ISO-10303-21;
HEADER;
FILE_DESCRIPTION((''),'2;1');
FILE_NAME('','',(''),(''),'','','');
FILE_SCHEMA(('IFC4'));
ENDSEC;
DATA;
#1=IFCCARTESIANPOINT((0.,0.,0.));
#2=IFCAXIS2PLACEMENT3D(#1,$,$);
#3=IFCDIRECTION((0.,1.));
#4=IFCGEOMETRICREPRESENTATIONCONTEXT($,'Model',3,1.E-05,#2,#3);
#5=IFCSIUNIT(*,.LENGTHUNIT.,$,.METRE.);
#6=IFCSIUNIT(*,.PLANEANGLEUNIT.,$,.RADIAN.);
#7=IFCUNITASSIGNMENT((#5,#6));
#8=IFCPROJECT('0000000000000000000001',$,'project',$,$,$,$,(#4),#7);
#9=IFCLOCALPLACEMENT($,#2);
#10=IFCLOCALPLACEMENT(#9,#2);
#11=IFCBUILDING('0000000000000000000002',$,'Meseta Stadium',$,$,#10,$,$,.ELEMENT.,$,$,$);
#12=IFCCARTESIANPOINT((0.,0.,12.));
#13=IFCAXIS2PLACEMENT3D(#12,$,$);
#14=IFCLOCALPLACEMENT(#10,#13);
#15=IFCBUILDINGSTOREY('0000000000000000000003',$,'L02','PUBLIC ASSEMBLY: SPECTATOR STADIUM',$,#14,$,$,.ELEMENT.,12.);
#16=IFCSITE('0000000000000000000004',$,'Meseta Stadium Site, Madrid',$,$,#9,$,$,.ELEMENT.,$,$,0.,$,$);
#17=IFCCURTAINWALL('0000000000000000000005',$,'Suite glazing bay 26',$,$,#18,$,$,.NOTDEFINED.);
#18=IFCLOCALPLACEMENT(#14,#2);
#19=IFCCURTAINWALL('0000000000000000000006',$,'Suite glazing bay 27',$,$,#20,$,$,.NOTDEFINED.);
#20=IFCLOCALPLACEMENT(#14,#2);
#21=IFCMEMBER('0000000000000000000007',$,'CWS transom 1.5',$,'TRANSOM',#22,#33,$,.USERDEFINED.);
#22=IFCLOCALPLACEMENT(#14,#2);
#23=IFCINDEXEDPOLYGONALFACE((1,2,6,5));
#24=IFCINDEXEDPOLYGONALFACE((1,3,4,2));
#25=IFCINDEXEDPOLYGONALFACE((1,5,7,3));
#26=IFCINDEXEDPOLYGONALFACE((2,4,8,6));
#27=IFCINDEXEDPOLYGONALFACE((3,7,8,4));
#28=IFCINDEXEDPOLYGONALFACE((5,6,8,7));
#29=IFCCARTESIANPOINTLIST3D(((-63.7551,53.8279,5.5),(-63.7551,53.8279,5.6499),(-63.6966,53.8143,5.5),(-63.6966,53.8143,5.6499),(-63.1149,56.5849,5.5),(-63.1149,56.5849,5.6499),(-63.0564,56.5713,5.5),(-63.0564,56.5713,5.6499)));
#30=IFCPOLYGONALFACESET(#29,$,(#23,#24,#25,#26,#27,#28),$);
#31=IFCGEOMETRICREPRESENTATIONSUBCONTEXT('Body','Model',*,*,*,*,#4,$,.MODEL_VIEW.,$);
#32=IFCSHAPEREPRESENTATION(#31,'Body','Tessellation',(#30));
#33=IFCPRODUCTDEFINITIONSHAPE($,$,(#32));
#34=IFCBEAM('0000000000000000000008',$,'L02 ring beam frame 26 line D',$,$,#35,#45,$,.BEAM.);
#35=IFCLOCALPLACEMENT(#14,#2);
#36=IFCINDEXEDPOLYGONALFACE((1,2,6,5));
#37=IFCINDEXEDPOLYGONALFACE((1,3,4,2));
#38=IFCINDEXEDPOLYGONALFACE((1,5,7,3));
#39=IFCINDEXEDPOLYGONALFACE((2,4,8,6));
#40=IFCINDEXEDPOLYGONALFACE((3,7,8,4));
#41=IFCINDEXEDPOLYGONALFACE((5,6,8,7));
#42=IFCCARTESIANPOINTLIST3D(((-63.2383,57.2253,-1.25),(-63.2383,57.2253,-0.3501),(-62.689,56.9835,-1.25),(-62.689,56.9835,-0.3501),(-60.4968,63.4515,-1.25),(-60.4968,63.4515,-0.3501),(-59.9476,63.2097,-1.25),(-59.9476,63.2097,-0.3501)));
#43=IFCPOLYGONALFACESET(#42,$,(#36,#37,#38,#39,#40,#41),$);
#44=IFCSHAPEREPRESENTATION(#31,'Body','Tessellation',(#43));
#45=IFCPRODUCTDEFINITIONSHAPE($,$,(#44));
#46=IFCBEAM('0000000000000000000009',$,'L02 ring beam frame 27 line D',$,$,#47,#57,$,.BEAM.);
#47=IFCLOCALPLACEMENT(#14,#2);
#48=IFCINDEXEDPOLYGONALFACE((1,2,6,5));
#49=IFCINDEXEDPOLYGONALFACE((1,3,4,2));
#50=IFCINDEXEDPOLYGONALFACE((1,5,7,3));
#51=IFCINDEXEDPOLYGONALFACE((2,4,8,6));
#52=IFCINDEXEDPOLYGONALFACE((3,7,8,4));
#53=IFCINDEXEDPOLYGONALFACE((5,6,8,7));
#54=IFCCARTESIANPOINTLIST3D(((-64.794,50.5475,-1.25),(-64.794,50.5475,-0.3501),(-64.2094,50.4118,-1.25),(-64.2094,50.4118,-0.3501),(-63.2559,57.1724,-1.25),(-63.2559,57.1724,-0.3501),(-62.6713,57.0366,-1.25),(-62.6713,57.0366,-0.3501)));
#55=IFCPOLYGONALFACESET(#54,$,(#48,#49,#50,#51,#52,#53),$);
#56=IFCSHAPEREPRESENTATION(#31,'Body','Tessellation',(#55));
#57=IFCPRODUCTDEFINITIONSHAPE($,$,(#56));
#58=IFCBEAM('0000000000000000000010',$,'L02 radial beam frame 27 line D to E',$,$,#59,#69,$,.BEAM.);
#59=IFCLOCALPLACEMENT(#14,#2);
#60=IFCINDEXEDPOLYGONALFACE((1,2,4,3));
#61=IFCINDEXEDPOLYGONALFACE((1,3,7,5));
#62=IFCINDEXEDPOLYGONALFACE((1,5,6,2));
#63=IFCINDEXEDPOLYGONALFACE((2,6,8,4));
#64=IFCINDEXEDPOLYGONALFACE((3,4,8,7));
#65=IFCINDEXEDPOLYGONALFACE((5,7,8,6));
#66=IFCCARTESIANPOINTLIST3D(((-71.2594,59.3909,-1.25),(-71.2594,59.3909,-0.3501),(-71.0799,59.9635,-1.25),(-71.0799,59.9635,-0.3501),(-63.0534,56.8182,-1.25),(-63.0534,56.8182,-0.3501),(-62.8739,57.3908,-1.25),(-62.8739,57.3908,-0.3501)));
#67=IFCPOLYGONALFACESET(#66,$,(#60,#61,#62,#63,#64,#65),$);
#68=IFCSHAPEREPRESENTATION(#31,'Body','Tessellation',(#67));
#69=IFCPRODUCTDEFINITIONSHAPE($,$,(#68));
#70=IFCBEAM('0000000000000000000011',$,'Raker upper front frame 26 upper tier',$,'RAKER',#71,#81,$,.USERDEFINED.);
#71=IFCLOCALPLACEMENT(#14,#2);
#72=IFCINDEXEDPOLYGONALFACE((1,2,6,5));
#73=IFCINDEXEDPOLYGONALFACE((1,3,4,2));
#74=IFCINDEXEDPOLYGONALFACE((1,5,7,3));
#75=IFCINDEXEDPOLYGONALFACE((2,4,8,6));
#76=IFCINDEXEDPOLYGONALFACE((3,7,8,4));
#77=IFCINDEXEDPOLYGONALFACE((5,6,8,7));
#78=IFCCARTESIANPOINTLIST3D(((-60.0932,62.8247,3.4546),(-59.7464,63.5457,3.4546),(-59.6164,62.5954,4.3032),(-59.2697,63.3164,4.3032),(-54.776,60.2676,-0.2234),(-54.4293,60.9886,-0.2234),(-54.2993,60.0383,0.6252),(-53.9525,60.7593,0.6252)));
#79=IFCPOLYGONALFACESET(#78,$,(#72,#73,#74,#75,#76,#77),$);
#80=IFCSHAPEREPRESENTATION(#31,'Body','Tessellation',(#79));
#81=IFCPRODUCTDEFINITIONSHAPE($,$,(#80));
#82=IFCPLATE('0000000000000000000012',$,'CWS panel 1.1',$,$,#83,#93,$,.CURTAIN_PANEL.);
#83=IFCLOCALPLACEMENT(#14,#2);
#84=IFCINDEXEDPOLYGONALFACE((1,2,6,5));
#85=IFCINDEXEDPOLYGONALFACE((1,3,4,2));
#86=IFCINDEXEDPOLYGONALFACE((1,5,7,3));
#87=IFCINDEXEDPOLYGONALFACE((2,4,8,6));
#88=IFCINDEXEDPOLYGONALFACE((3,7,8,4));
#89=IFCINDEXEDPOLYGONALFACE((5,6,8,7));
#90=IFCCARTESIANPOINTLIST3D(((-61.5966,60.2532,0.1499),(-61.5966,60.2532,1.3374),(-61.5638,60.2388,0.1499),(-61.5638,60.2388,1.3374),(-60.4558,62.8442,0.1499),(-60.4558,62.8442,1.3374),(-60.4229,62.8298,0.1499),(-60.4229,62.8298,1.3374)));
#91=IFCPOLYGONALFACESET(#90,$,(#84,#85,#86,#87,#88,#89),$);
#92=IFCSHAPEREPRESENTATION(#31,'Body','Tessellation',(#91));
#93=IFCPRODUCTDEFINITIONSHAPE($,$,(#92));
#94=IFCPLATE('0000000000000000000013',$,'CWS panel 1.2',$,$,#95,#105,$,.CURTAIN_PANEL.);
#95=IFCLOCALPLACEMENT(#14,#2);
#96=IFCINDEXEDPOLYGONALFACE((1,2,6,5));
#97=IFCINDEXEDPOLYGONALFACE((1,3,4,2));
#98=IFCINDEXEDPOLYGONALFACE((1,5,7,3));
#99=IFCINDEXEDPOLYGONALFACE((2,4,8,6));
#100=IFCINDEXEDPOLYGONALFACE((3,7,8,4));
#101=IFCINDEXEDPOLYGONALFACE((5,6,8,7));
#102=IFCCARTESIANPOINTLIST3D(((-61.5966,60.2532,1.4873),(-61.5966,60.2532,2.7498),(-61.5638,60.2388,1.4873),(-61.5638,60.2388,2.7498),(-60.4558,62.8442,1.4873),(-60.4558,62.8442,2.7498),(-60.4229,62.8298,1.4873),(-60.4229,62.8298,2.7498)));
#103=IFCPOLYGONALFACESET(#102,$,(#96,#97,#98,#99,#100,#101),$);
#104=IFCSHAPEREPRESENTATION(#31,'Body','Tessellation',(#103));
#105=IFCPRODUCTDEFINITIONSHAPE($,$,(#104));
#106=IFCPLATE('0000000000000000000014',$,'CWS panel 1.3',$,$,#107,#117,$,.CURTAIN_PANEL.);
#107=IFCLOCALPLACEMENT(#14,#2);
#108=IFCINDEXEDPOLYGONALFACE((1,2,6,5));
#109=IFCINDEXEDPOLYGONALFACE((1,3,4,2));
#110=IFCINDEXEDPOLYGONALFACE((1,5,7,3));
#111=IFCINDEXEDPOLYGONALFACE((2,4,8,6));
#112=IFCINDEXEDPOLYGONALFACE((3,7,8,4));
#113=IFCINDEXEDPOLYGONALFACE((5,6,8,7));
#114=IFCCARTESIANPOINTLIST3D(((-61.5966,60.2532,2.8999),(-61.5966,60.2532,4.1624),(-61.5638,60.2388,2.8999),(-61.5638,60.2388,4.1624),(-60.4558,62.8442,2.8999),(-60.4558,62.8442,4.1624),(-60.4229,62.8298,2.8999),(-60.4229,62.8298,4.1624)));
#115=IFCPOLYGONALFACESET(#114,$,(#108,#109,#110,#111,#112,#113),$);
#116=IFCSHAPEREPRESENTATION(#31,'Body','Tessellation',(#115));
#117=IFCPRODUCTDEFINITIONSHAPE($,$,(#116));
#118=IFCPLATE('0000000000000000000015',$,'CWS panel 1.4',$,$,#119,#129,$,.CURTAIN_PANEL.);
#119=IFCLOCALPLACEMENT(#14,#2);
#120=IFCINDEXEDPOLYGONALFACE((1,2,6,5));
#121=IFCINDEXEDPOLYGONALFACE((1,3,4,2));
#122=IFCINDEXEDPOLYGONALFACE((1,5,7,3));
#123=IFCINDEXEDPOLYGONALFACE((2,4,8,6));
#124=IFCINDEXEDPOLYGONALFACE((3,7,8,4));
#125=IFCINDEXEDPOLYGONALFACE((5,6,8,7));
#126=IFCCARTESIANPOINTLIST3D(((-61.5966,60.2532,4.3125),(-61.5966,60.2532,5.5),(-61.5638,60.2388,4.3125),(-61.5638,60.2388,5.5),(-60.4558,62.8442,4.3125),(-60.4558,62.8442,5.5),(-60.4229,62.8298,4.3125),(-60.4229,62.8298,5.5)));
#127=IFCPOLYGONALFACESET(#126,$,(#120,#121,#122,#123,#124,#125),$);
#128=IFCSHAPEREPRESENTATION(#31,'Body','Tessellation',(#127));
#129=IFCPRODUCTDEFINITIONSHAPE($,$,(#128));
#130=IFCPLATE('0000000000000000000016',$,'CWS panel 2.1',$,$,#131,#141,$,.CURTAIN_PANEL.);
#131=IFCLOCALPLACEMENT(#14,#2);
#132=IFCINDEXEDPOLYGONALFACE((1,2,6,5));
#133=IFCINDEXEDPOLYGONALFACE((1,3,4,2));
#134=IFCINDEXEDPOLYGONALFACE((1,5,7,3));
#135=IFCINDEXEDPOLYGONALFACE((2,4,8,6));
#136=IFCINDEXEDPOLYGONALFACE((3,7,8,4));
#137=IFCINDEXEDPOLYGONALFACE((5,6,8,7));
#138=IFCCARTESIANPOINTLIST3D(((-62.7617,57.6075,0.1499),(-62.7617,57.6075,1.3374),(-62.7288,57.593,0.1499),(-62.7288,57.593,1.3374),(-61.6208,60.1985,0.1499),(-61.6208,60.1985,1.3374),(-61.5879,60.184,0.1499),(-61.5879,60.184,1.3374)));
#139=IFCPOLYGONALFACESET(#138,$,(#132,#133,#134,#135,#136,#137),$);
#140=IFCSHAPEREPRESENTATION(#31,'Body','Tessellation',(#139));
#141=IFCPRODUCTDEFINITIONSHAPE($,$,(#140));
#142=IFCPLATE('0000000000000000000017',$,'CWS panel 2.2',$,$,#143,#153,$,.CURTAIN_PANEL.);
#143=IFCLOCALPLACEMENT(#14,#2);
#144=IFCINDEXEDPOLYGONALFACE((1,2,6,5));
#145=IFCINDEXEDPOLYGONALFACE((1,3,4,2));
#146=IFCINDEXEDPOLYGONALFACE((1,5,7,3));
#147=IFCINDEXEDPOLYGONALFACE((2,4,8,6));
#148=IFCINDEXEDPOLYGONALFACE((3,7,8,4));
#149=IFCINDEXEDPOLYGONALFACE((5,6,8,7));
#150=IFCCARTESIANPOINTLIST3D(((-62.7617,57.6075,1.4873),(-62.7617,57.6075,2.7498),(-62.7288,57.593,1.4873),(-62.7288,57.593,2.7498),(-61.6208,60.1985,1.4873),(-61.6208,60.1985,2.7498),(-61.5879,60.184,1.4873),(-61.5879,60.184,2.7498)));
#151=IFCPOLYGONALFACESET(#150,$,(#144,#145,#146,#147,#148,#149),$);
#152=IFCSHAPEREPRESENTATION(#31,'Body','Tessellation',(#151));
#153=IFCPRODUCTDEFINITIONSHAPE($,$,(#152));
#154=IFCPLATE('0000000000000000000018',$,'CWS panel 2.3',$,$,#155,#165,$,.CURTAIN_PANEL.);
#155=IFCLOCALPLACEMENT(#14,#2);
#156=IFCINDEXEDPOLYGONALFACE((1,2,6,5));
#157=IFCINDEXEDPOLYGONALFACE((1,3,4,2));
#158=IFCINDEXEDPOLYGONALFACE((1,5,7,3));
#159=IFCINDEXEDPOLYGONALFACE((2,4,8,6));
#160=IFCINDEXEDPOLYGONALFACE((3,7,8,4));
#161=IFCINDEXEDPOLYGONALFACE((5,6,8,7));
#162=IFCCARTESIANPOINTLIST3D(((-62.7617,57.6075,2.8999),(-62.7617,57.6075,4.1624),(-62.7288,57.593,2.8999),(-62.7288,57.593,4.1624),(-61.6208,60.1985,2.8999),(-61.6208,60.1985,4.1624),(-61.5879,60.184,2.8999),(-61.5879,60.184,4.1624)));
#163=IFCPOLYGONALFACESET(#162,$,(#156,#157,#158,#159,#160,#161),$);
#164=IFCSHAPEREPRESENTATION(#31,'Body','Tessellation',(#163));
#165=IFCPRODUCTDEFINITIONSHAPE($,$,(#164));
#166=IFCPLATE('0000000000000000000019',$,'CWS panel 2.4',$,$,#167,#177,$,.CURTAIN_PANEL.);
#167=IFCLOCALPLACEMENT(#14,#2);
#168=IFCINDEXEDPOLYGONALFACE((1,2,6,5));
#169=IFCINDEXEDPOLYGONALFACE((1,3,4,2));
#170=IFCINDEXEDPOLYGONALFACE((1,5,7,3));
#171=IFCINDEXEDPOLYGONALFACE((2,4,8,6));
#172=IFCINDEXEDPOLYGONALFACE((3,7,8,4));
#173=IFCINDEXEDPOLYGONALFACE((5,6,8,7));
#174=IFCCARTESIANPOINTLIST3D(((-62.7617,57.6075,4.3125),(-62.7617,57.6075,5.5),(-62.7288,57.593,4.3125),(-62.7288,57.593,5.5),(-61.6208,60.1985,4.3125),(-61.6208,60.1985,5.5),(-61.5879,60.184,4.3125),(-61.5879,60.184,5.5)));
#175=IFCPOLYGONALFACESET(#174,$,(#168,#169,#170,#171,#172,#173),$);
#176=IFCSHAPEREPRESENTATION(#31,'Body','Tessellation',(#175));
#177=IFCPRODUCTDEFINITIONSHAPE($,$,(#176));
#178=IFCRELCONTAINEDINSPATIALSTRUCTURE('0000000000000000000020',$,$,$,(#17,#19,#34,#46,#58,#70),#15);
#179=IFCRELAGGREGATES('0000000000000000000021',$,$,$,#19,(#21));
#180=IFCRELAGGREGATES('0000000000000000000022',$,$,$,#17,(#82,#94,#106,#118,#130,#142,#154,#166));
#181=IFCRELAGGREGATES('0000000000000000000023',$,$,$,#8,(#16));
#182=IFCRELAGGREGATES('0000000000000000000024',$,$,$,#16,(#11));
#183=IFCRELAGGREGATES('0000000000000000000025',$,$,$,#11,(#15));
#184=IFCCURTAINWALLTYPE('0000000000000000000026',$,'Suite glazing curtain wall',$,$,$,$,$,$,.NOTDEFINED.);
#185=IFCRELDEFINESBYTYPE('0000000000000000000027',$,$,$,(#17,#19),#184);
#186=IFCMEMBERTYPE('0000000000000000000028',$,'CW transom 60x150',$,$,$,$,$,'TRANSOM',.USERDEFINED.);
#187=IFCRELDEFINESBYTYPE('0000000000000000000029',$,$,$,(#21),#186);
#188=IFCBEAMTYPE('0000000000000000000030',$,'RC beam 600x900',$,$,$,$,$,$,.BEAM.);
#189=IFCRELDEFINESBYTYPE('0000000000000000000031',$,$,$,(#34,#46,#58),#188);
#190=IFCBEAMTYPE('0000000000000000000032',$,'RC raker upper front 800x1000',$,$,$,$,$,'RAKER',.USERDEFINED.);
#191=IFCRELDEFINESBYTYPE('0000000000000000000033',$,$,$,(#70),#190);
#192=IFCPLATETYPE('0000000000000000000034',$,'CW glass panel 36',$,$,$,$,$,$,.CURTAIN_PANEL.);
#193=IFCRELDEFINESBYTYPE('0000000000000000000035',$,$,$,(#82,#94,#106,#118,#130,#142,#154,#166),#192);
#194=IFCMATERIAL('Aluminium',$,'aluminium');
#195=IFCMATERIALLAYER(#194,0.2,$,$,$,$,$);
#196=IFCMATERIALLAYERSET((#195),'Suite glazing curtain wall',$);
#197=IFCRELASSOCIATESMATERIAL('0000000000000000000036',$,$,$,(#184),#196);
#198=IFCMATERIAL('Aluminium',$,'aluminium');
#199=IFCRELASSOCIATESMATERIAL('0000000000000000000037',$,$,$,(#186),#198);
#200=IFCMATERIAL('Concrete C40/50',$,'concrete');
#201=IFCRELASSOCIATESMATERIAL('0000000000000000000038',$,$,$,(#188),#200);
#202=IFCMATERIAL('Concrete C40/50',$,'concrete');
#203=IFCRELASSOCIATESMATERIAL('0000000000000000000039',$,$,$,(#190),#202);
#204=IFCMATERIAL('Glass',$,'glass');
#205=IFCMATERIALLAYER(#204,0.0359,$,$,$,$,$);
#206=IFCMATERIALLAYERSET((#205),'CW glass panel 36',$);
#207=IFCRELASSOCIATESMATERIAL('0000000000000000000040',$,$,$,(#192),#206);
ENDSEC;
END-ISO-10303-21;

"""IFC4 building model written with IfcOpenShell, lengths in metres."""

from ifc_helpers import new_model, si_unit, direction, frame, origin, origin_2d, place, context, subcontext, project, spatial, rectangle, extrude, material, layer, layer_set, material_profile, profile_set, type_object, element, aggregate, save


model = new_model("IFC4")

# Units and contexts
model_context = context("Model", 3, precision=1e-05, world=origin(), true_north=direction((0.0, 1.0)))
body_context = subcontext(model_context, "Body", "Model", "MODEL_VIEW")
ifc_project = project(units=[si_unit("LENGTHUNIT", "METRE"), si_unit("PLANEANGLEUNIT", "RADIAN")], contexts=[model_context])

# Site, building, storey
site_placement = place(None, origin())
site = spatial("IfcSite", under=ifc_project, at=site_placement, Name="Meseta Stadium Site, Madrid", CompositionType="ELEMENT", RefElevation=0.0)
building_placement = place(site_placement, origin())
building = spatial("IfcBuilding", under=site, at=building_placement, Name="Meseta Stadium", CompositionType="ELEMENT")
storey_placement = place(building_placement, frame((0.0, 0.0, 12.0)))
storey = spatial("IfcBuildingStorey", under=building, at=storey_placement, Name="L02", Description="PUBLIC ASSEMBLY: SPECTATOR STADIUM", CompositionType="ELEMENT", Elevation=12.0)

# Curtain wall
ifc_material_1 = material(Name="Aluminium", Category="aluminium")
ifc_layer_1 = layer(ifc_material_1, 0.2)
ifc_layer_set_1 = layer_set([ifc_layer_1], Name="Suite glazing curtain wall")
curtain_wall_type = type_object("IfcCurtainWallType", Name="Suite glazing curtain wall", PredefinedType="NOTDEFINED", material=ifc_layer_set_1)
curtain_wall_1_placement = place(storey_placement, origin())
curtain_wall_1 = element("IfcCurtainWall", 1, at=curtain_wall_1_placement, inside=storey, type_object=curtain_wall_type, Name="Suite glazing bay 26", PredefinedType="NOTDEFINED")

# Curtain wall
curtain_wall_2_placement = place(storey_placement, origin())
curtain_wall_2 = element("IfcCurtainWall", 2, at=curtain_wall_2_placement, inside=storey, type_object=curtain_wall_type, Name="Suite glazing bay 27", PredefinedType="NOTDEFINED")

# Member
ifc_material_2 = material(Name="Aluminium", Category="aluminium")
ifc_material_profile_1 = material_profile(ifc_material_2, rectangle(XDim=0.0601, YDim=0.1499, at=origin_2d()), Name="CW 60x150")
ifc_profile_set_1 = profile_set([ifc_material_profile_1], Name="Aluminium")
member_type_1 = type_object("IfcMemberType", Name="CW transom 60x150", ElementType="TRANSOM", PredefinedType="USERDEFINED", material=ifc_profile_set_1)
member_1_placement = place(storey_placement, frame((-63.0857, 56.5781, 5.575), z_axis=(-0.226163, -0.974089, 0.0), x_axis=(0.974089, -0.226163, 0.0)))
member_1 = element("IfcMember", 3, at=member_1_placement, type_object=member_type_1, Name="CWS transom 1.5", ObjectType="TRANSOM", PredefinedType="USERDEFINED", context=body_context, shape_type="SweptSolid", body=[
    extrude(rectangle(XDim=0.0601, YDim=0.1499, at=origin_2d()), origin(), (0.0, 0.0, 1.0), 2.8303),
])
aggregate(curtain_wall_2, [member_1])

# Beams
ifc_material_3 = material(Name="Concrete C40/50", Category="concrete")
ifc_material_profile_2 = material_profile(ifc_material_3, rectangle(XDim=0.6001, YDim=0.8999, at=origin_2d()), Name="RC 600x900")
ifc_profile_set_2 = profile_set([ifc_material_profile_2], Name="Concrete C40/50")
beam_type_1 = type_object("IfcBeamType", Name="RC beam 600x900", PredefinedType="BEAM", material=ifc_profile_set_2)
beam_1_placement = place(storey_placement, frame((-60.2222, 63.3306, -0.8), z_axis=(-0.402983, -0.915208, 0.0), x_axis=(0.915208, -0.402983, 0.0)))
element("IfcBeam", 4, at=beam_1_placement, inside=storey, type_object=beam_type_1, Name="L02 ring beam frame 26 line D", PredefinedType="BEAM", context=body_context, shape_type="SweptSolid", body=[
    extrude(rectangle(XDim=0.6001, YDim=0.8999, at=origin_2d()), origin(), (0.0, 0.0, 1.0), 6.803),
])
beam_2_placement = place(storey_placement, frame((-62.9636, 57.1045, -0.8), z_axis=(-0.226157, -0.974091, 0.0), x_axis=(0.974091, -0.226157, 0.0)))
element("IfcBeam", 5, at=beam_2_placement, inside=storey, type_object=beam_type_1, Name="L02 ring beam frame 27 line D", PredefinedType="BEAM", context=body_context, shape_type="SweptSolid", body=[
    extrude(rectangle(XDim=0.6001, YDim=0.8999, at=origin_2d()), origin(), (0.0, 0.0, 1.0), 6.801),
])
beam_3_placement = place(storey_placement, frame((-62.9636, 57.1045, -0.8), z_axis=(-0.954203, 0.299161, 0.0), x_axis=(-0.299161, -0.954203, 0.0)))
element("IfcBeam", 6, at=beam_3_placement, inside=storey, type_object=beam_type_1, Name="L02 radial beam frame 27 line D to E", PredefinedType="BEAM", context=body_context, shape_type="SweptSolid", body=[
    extrude(rectangle(XDim=0.6001, YDim=0.8999, at=origin_2d()), origin(), (0.0, 0.0, 1.0), 8.5999),
])
ifc_material_4 = material(Name="Concrete C40/50", Category="concrete")
ifc_material_profile_3 = material_profile(ifc_material_4, rectangle(XDim=0.8, YDim=1.0, at=origin_2d()), Name="RC 800x1000")
ifc_profile_set_3 = profile_set([ifc_material_profile_3], Name="Concrete C40/50")
beam_type_2 = type_object("IfcBeamType", Name="RC raker upper front 800x1000", ElementType="RAKER", PredefinedType="USERDEFINED", material=ifc_profile_set_3)
beam_4_placement = place(storey_placement, frame((-54.3643, 60.5134, 0.2009), z_axis=(-0.764772, 0.367796, 0.529009), x_axis=(-0.433406, -0.901199, 0.0)))
element("IfcBeam", 7, at=beam_4_placement, inside=storey, type_object=beam_type_2, Name="Raker upper front frame 26 upper tier", ObjectType="RAKER", PredefinedType="USERDEFINED", context=body_context, shape_type="SweptSolid", body=[
    extrude(rectangle(XDim=0.8, YDim=1.0, at=origin_2d()), origin(), (0.0, 0.0, 1.0), 6.9526),
])

# Plates
ifc_material_5 = material(Name="Glass", Category="glass")
ifc_layer_2 = layer(ifc_material_5, 0.0359)
ifc_layer_set_2 = layer_set([ifc_layer_2], Name="CW glass panel 36")
plate_type = type_object("IfcPlateType", Name="CW glass panel 36", PredefinedType="CURTAIN_PANEL", material=ifc_layer_set_2)
plate_1_placement = place(storey_placement, frame((-61.0098, 61.5415, 0.1499), z_axis=(0.0, 0.0, 1.0), x_axis=(-0.402983, -0.915207, 0.0)))
plate_1 = element("IfcPlate", 8, at=plate_1_placement, type_object=plate_type, Name="CWS panel 1.1", PredefinedType="CURTAIN_PANEL", context=body_context, shape_type="SweptSolid", body=[
    extrude(rectangle(XDim=2.8311, YDim=0.0359, at=origin_2d()), origin(), (0.0, 0.0, 1.0), 1.1875),
])
plate_2_placement = place(storey_placement, frame((-61.0098, 61.5415, 1.4873), z_axis=(0.0, 0.0, 1.0), x_axis=(-0.402983, -0.915207, 0.0)))
plate_2 = element("IfcPlate", 9, at=plate_2_placement, type_object=plate_type, Name="CWS panel 1.2", PredefinedType="CURTAIN_PANEL", context=body_context, shape_type="SweptSolid", body=[
    extrude(rectangle(XDim=2.8311, YDim=0.0359, at=origin_2d()), origin(), (0.0, 0.0, 1.0), 1.2625),
])
plate_3_placement = place(storey_placement, frame((-61.0098, 61.5415, 2.8999), z_axis=(0.0, 0.0, 1.0), x_axis=(-0.402983, -0.915207, 0.0)))
plate_3 = element("IfcPlate", 10, at=plate_3_placement, type_object=plate_type, Name="CWS panel 1.3", PredefinedType="CURTAIN_PANEL", context=body_context, shape_type="SweptSolid", body=[
    extrude(rectangle(XDim=2.8311, YDim=0.0359, at=origin_2d()), origin(), (0.0, 0.0, 1.0), 1.2625),
])
plate_4_placement = place(storey_placement, frame((-61.0098, 61.5415, 4.3125), z_axis=(0.0, 0.0, 1.0), x_axis=(-0.402983, -0.915207, 0.0)))
plate_4 = element("IfcPlate", 11, at=plate_4_placement, type_object=plate_type, Name="CWS panel 1.4", PredefinedType="CURTAIN_PANEL", context=body_context, shape_type="SweptSolid", body=[
    extrude(rectangle(XDim=2.8311, YDim=0.0359, at=origin_2d()), origin(), (0.0, 0.0, 1.0), 1.1875),
])
plate_5_placement = place(storey_placement, frame((-62.1748, 58.8958, 0.1499), z_axis=(0.0, 0.0, 1.0), x_axis=(-0.402983, -0.915207, 0.0)))
plate_5 = element("IfcPlate", 12, at=plate_5_placement, type_object=plate_type, Name="CWS panel 2.1", PredefinedType="CURTAIN_PANEL", context=body_context, shape_type="SweptSolid", body=[
    extrude(rectangle(XDim=2.8311, YDim=0.0359, at=origin_2d()), origin(), (0.0, 0.0, 1.0), 1.1875),
])
plate_6_placement = place(storey_placement, frame((-62.1748, 58.8958, 1.4873), z_axis=(0.0, 0.0, 1.0), x_axis=(-0.402983, -0.915207, 0.0)))
plate_6 = element("IfcPlate", 13, at=plate_6_placement, type_object=plate_type, Name="CWS panel 2.2", PredefinedType="CURTAIN_PANEL", context=body_context, shape_type="SweptSolid", body=[
    extrude(rectangle(XDim=2.8311, YDim=0.0359, at=origin_2d()), origin(), (0.0, 0.0, 1.0), 1.2625),
])
plate_7_placement = place(storey_placement, frame((-62.1748, 58.8958, 2.8999), z_axis=(0.0, 0.0, 1.0), x_axis=(-0.402983, -0.915207, 0.0)))
plate_7 = element("IfcPlate", 14, at=plate_7_placement, type_object=plate_type, Name="CWS panel 2.3", PredefinedType="CURTAIN_PANEL", context=body_context, shape_type="SweptSolid", body=[
    extrude(rectangle(XDim=2.8311, YDim=0.0359, at=origin_2d()), origin(), (0.0, 0.0, 1.0), 1.2625),
])
plate_8_placement = place(storey_placement, frame((-62.1748, 58.8958, 4.3125), z_axis=(0.0, 0.0, 1.0), x_axis=(-0.402983, -0.915207, 0.0)))
plate_8 = element("IfcPlate", 15, at=plate_8_placement, type_object=plate_type, Name="CWS panel 2.4", PredefinedType="CURTAIN_PANEL", context=body_context, shape_type="SweptSolid", body=[
    extrude(rectangle(XDim=2.8311, YDim=0.0359, at=origin_2d()), origin(), (0.0, 0.0, 1.0), 1.1875),
])
aggregate(curtain_wall_1, [plate_1, plate_2, plate_3, plate_4, plate_5, plate_6, plate_7, plate_8])

save(model, "model.ifc")
